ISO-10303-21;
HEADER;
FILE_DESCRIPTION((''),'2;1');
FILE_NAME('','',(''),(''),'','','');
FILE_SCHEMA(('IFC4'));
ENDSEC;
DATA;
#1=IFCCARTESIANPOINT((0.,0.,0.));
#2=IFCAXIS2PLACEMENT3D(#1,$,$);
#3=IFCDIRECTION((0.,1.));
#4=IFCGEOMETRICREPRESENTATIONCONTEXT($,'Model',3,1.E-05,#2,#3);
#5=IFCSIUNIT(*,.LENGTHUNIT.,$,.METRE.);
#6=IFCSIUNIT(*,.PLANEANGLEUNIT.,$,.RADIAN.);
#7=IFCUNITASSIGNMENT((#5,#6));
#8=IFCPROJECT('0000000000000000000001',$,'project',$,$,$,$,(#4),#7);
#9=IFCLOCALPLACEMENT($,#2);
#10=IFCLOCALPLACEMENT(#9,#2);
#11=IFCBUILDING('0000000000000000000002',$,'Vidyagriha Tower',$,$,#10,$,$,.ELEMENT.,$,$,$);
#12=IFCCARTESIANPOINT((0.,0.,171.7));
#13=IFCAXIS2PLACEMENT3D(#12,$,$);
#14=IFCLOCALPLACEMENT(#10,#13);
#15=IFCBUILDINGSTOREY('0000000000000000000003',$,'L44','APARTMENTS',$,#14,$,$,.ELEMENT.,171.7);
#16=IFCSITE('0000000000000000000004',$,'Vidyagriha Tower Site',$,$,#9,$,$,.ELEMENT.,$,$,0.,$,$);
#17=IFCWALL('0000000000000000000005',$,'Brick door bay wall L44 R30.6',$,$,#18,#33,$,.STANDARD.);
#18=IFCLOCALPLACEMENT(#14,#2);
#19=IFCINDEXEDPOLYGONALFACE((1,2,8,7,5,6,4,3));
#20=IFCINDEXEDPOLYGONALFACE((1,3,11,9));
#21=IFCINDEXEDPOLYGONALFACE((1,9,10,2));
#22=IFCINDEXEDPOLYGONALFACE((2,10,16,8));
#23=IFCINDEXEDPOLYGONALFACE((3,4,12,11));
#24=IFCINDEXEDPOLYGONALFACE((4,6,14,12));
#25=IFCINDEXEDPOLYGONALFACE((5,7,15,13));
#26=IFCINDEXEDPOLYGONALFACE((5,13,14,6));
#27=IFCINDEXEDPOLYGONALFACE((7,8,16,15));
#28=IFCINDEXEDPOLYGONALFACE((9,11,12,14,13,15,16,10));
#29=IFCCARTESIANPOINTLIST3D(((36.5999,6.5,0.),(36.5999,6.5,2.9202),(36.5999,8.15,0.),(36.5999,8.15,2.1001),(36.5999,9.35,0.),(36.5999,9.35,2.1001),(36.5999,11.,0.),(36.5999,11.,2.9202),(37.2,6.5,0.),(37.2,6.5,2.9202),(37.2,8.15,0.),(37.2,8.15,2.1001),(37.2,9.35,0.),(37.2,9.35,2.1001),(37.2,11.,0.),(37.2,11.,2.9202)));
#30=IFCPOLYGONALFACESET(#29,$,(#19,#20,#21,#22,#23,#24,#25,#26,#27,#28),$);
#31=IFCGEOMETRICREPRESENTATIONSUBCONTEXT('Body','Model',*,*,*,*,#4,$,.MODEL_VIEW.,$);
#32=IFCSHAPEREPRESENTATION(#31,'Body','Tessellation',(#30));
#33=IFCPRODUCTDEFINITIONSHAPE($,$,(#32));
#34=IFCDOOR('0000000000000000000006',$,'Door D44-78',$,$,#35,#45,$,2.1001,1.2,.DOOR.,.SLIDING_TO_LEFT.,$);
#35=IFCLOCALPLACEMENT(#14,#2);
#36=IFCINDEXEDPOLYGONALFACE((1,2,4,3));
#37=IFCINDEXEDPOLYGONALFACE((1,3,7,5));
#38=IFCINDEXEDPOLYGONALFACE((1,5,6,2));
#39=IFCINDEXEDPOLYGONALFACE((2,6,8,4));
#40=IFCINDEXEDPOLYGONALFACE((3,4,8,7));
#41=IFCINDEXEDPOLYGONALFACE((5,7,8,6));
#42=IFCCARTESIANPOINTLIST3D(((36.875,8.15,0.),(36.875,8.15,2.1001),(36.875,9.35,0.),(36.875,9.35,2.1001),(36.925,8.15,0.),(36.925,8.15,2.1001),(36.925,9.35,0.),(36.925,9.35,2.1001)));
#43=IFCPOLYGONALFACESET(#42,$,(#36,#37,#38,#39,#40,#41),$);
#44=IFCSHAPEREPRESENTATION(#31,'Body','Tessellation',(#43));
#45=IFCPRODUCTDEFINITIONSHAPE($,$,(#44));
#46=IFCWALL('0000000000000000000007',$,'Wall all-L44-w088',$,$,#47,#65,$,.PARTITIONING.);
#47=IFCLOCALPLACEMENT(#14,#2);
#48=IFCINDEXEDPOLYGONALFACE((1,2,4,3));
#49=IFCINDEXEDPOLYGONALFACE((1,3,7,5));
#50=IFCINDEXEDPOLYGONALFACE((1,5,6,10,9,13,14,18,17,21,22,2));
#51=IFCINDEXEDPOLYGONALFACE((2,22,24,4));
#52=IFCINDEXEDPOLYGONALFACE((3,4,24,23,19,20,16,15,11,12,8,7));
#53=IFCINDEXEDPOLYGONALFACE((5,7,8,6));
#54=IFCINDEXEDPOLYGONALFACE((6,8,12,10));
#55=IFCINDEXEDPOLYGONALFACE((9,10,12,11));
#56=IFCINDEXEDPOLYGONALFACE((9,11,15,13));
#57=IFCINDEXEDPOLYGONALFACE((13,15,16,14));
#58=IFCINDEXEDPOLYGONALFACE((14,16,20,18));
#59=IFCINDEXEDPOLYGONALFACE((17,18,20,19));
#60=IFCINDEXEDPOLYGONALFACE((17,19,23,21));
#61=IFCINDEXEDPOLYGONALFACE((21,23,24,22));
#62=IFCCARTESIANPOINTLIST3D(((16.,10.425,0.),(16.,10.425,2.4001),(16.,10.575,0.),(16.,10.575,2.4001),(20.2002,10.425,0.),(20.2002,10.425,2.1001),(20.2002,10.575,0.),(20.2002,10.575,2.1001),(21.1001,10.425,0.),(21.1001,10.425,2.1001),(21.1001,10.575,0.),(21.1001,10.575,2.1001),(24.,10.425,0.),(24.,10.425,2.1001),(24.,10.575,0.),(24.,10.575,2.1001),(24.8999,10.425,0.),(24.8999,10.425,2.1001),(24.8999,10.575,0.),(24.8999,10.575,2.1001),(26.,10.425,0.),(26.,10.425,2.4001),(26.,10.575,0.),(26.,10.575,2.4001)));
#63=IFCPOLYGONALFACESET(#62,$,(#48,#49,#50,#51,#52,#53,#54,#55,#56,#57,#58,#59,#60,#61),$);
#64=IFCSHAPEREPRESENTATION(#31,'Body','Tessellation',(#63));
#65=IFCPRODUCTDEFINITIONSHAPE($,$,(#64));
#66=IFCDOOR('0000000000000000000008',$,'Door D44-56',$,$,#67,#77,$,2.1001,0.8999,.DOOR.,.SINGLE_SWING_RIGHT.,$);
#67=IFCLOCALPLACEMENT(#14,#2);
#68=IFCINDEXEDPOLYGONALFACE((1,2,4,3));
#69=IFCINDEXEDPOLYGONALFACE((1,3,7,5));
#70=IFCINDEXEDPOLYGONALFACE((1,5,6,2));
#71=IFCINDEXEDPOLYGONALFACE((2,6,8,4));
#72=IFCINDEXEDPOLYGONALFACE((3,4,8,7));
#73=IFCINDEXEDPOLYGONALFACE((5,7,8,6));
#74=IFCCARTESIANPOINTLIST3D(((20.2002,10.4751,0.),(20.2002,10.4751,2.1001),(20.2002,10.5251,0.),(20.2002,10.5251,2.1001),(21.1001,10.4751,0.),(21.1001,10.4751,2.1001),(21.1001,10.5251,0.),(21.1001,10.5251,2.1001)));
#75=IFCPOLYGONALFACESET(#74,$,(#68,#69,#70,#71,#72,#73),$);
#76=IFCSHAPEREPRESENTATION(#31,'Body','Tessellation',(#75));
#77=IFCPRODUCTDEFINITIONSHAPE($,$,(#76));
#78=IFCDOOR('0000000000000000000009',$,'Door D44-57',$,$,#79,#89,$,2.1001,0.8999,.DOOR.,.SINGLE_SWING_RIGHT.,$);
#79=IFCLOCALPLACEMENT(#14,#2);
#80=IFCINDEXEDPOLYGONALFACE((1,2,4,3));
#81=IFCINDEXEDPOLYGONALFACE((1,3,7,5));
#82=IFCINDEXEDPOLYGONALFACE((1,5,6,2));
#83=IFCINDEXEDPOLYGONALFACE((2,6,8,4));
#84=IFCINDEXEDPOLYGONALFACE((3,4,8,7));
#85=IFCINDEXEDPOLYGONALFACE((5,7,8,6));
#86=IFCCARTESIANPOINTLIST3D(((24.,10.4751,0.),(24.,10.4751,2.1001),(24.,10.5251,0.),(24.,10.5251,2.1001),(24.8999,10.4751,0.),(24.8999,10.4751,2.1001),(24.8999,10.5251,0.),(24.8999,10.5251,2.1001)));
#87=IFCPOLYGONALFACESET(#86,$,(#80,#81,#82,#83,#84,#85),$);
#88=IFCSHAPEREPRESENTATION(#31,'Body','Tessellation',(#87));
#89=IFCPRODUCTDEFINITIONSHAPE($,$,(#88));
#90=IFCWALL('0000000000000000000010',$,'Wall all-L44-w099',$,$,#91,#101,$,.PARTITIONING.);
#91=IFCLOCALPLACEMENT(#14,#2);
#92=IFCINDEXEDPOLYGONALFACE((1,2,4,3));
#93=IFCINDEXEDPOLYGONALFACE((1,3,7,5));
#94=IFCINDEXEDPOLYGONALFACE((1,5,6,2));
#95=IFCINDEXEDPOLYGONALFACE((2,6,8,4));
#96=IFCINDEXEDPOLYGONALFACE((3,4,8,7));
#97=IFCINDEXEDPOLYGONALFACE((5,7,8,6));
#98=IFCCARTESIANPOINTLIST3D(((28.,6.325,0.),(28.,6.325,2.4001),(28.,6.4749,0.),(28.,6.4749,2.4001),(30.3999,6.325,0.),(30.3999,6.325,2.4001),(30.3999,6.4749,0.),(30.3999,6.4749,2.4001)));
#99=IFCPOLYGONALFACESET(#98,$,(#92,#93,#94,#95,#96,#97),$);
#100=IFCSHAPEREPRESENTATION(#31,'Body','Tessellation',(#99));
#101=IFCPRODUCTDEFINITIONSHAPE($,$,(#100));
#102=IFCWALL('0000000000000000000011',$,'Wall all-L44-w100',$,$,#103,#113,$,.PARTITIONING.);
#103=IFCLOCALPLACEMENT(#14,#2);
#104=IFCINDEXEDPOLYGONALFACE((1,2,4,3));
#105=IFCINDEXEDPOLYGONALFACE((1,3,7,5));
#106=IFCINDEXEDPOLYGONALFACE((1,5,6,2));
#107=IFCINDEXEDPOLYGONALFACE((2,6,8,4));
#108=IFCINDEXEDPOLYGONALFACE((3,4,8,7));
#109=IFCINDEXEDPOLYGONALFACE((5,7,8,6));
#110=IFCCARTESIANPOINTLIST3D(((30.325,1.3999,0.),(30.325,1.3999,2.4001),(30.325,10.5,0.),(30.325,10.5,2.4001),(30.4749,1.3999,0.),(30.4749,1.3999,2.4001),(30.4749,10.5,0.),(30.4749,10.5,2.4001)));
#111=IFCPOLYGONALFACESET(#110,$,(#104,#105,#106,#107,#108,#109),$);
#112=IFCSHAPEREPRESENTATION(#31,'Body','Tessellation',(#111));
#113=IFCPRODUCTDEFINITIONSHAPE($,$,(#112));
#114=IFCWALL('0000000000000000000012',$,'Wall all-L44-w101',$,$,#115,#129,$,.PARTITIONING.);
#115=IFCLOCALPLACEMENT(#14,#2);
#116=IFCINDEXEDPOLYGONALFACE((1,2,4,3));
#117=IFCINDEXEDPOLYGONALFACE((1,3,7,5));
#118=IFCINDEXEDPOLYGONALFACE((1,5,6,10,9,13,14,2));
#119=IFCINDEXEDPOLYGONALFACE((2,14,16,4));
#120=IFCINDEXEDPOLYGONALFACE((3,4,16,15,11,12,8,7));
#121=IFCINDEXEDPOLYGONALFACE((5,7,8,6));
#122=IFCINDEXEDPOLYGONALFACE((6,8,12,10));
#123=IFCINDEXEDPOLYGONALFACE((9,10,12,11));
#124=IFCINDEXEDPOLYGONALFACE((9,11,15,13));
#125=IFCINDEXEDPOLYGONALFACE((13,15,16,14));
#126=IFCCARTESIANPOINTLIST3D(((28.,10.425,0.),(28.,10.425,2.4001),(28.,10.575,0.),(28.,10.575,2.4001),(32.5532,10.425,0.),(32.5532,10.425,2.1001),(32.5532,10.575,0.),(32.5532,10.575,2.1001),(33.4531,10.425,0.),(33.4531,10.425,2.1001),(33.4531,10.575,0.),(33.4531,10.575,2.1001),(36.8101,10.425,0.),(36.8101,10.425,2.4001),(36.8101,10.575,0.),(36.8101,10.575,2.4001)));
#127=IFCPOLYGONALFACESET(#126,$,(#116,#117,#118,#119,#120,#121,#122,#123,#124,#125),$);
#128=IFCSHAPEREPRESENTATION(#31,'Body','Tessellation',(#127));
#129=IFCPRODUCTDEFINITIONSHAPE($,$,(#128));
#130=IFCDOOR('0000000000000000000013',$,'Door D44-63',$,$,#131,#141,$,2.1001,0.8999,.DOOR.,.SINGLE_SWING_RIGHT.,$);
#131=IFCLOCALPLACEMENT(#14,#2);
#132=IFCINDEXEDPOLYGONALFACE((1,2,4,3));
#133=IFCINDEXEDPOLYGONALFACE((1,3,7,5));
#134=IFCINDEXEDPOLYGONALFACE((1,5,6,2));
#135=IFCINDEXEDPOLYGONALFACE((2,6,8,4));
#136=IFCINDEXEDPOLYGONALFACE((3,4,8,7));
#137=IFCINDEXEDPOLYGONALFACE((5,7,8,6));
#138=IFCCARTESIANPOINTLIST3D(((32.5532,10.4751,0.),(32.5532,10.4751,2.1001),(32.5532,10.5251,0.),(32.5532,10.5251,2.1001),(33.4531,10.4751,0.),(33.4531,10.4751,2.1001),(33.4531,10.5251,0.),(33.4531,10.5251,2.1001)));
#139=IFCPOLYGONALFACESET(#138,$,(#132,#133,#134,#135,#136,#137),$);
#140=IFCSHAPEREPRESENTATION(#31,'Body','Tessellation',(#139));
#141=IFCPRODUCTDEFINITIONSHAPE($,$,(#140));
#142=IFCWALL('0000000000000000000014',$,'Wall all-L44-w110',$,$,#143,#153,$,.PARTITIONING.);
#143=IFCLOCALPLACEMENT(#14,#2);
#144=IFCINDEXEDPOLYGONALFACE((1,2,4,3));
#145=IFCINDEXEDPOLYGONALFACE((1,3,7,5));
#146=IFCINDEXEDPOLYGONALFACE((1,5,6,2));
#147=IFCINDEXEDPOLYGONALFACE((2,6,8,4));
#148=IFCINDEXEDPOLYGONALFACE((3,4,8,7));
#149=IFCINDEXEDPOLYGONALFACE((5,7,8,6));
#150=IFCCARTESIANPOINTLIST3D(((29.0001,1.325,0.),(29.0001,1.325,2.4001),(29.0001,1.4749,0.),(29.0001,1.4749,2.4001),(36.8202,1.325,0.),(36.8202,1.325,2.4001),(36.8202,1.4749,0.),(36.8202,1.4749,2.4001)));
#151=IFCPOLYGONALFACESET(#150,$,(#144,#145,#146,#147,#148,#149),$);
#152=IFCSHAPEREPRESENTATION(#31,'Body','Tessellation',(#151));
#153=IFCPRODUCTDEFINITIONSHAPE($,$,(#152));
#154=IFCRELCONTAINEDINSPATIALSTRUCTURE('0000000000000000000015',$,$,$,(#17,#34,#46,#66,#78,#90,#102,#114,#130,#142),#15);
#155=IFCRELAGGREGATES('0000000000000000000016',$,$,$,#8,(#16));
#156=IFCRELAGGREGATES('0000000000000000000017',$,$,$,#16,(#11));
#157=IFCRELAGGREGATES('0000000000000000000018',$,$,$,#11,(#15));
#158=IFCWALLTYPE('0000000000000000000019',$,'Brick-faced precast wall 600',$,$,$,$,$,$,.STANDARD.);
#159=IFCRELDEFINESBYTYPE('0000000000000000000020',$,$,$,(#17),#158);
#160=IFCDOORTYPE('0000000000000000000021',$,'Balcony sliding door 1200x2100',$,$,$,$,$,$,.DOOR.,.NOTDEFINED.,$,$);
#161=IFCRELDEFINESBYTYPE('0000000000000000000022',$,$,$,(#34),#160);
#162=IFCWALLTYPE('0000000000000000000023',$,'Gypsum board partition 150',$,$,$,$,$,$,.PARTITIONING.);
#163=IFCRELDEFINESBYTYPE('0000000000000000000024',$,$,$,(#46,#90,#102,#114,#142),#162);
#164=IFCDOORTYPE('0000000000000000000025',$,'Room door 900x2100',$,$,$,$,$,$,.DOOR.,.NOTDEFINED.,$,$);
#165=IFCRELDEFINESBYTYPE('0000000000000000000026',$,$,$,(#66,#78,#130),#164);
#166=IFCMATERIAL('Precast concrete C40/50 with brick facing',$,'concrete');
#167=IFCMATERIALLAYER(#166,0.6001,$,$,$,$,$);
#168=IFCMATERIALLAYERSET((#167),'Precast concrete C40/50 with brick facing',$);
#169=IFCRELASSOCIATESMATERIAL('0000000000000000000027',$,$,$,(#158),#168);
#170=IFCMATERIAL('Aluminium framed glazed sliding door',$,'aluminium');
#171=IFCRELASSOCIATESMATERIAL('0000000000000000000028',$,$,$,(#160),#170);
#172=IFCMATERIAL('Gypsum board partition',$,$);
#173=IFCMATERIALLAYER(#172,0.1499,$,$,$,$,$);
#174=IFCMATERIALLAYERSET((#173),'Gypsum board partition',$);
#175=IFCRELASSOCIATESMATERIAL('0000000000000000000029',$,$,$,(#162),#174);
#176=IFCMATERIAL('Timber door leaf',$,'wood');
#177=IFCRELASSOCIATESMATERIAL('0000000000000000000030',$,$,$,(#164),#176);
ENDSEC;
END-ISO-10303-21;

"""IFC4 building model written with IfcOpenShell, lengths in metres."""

from ifc_helpers import new_model, si_unit, direction, frame, frame_2d, origin, place, context, subcontext, project, spatial, rectangle, extrude, material, layer, layer_set, type_object, element, fill, save


model = new_model("IFC4")

# Units and contexts
model_context = context("Model", 3, precision=1e-05, world=origin(), true_north=direction((0.0, 1.0)))
body_context = subcontext(model_context, "Body", "Model", "MODEL_VIEW")
ifc_project = project(units=[si_unit("LENGTHUNIT", "METRE"), si_unit("PLANEANGLEUNIT", "RADIAN")], contexts=[model_context])

# Site, building, storey
site_placement = place(None, origin())
site = spatial("IfcSite", under=ifc_project, at=site_placement, Name="Vidyagriha Tower Site", CompositionType="ELEMENT", RefElevation=0.0)
building_placement = place(site_placement, origin())
building = spatial("IfcBuilding", under=site, at=building_placement, Name="Vidyagriha Tower", CompositionType="ELEMENT")
storey_placement = place(building_placement, frame((0.0, 0.0, 171.7)))
storey = spatial("IfcBuildingStorey", under=building, at=storey_placement, Name="L44", Description="APARTMENTS", CompositionType="ELEMENT", Elevation=171.7)

# Wall, opening, door
ifc_material_1 = material(Name="Precast concrete C40/50 with brick facing", Category="concrete")
ifc_layer_1 = layer(ifc_material_1, 0.6001)
ifc_layer_set_1 = layer_set([ifc_layer_1], Name="Precast concrete C40/50 with brick facing")
wall_type_1 = type_object("IfcWallType", Name="Brick-faced precast wall 600", PredefinedType="STANDARD", material=ifc_layer_set_1)
wall_1_placement = place(storey_placement, frame((36.8999, 6.5, 0.0), z_axis=(0.0, 0.0, 1.0), x_axis=(0.0, 1.0, 0.0)))
wall_1 = element("IfcWall", 1, at=wall_1_placement, inside=storey, type_object=wall_type_1, Name="Brick door bay wall L44 R30.6", PredefinedType="STANDARD", context=body_context, shape_type="SweptSolid", body=[
    extrude(rectangle(XDim=4.5, YDim=0.6001, at=frame_2d((2.25, 0.0))), origin(), (0.0, 0.0, 1.0), 2.9202),
])
opening_1_placement = place(wall_1_placement, frame((1.6499, 0.0, 0.0)))
opening_1 = element("IfcOpeningElement", 2, at=opening_1_placement, cuts=wall_1, PredefinedType="OPENING", context=body_context, shape_type="SweptSolid", body=[
    extrude(rectangle(XDim=1.2, YDim=2.1001, at=frame_2d((0.6001, 1.05))), frame((0.0, 0.3101, 0.0), z_axis=(0.0, -1.0, 0.0), x_axis=(1.0, 0.0, 0.0)), (0.0, 0.0, 1.0), 0.6201),
])
ifc_material_2 = material(Name="Aluminium framed glazed sliding door", Category="aluminium")
door_type_1 = type_object("IfcDoorType", Name="Balcony sliding door 1200x2100", OperationType="NOTDEFINED", PredefinedType="DOOR", material=ifc_material_2)
door_1_placement = place(opening_1_placement, origin())
door_1 = element("IfcDoor", 3, at=door_1_placement, inside=storey, type_object=door_type_1, Name="Door D44-78", OperationType="SLIDING_TO_LEFT", OverallHeight=2.1001, OverallWidth=1.2, PredefinedType="DOOR", context=body_context, shape_type="SweptSolid", body=[
    extrude(rectangle(XDim=1.2, YDim=2.1001, at=frame_2d((0.6001, 1.05))), frame((0.0, 0.0249, 0.0), z_axis=(0.0, -1.0, 0.0), x_axis=(1.0, 0.0, 0.0)), (0.0, 0.0, 1.0), 0.05),
])
fill(opening_1, door_1)

# Wall, openings, doors
ifc_material_3 = material(Name="Gypsum board partition")
ifc_layer_2 = layer(ifc_material_3, 0.1499)
ifc_layer_set_2 = layer_set([ifc_layer_2], Name="Gypsum board partition")
wall_type_2 = type_object("IfcWallType", Name="Gypsum board partition 150", PredefinedType="PARTITIONING", material=ifc_layer_set_2)
wall_2_placement = place(storey_placement, frame((26.0, 10.5, 0.0), z_axis=(0.0, 0.0, 1.0), x_axis=(-1.0, 0.0, 0.0)))
wall_2 = element("IfcWall", 4, at=wall_2_placement, inside=storey, type_object=wall_type_2, Name="Wall all-L44-w088", PredefinedType="PARTITIONING", context=body_context, shape_type="SweptSolid", body=[
    extrude(rectangle(XDim=10.0, YDim=0.1499, at=frame_2d((5.0, 0.0))), origin(), (0.0, 0.0, 1.0), 2.4001),
])
opening_2_placement = place(wall_2_placement, frame((4.8999, 0.0, 0.0)))
opening_2 = element("IfcOpeningElement", 5, at=opening_2_placement, cuts=wall_2, PredefinedType="OPENING", context=body_context, shape_type="SweptSolid", body=[
    extrude(rectangle(XDim=0.8999, YDim=2.1001, at=frame_2d((0.45, 1.05))), frame((0.0, 0.085, 0.0), z_axis=(0.0, -1.0, 0.0), x_axis=(1.0, 0.0, 0.0)), (0.0, 0.0, 1.0), 0.1699),
])
opening_3_placement = place(wall_2_placement, frame((1.1001, 0.0, 0.0)))
opening_3 = element("IfcOpeningElement", 6, at=opening_3_placement, cuts=wall_2, PredefinedType="OPENING", context=body_context, shape_type="SweptSolid", body=[
    extrude(rectangle(XDim=0.8999, YDim=2.1001, at=frame_2d((0.45, 1.05))), frame((0.0, 0.085, 0.0), z_axis=(0.0, -1.0, 0.0), x_axis=(1.0, 0.0, 0.0)), (0.0, 0.0, 1.0), 0.1699),
])
ifc_material_4 = material(Name="Timber door leaf", Category="wood")
door_type_2 = type_object("IfcDoorType", Name="Room door 900x2100", OperationType="NOTDEFINED", PredefinedType="DOOR", material=ifc_material_4)
door_2_placement = place(opening_2_placement, origin())
door_2 = element("IfcDoor", 7, at=door_2_placement, inside=storey, type_object=door_type_2, Name="Door D44-56", OperationType="SINGLE_SWING_RIGHT", OverallHeight=2.1001, OverallWidth=0.8999, PredefinedType="DOOR", context=body_context, shape_type="SweptSolid", body=[
    extrude(rectangle(XDim=0.8999, YDim=2.1001, at=frame_2d((0.45, 1.05))), frame((0.0, 0.0249, 0.0), z_axis=(0.0, -1.0, 0.0), x_axis=(1.0, 0.0, 0.0)), (0.0, 0.0, 1.0), 0.05),
])
fill(opening_2, door_2)
door_3_placement = place(opening_3_placement, origin())
door_3 = element("IfcDoor", 8, at=door_3_placement, inside=storey, type_object=door_type_2, Name="Door D44-57", OperationType="SINGLE_SWING_RIGHT", OverallHeight=2.1001, OverallWidth=0.8999, PredefinedType="DOOR", context=body_context, shape_type="SweptSolid", body=[
    extrude(rectangle(XDim=0.8999, YDim=2.1001, at=frame_2d((0.45, 1.05))), frame((0.0, 0.0249, 0.0), z_axis=(0.0, -1.0, 0.0), x_axis=(1.0, 0.0, 0.0)), (0.0, 0.0, 1.0), 0.05),
])
fill(opening_3, door_3)

# Walls
wall_3_placement = place(storey_placement, frame((28.0, 6.3999, 0.0)))
element("IfcWall", 9, at=wall_3_placement, inside=storey, type_object=wall_type_2, Name="Wall all-L44-w099", PredefinedType="PARTITIONING", context=body_context, shape_type="SweptSolid", body=[
    extrude(rectangle(XDim=2.3999, YDim=0.1499, at=frame_2d((1.2, 0.0))), origin(), (0.0, 0.0, 1.0), 2.4001),
])
wall_4_placement = place(storey_placement, frame((30.3999, 10.5, 0.0), z_axis=(0.0, 0.0, 1.0), x_axis=(0.0, -1.0, 0.0)))
element("IfcWall", 10, at=wall_4_placement, inside=storey, type_object=wall_type_2, Name="Wall all-L44-w100", PredefinedType="PARTITIONING", context=body_context, shape_type="SweptSolid", body=[
    extrude(rectangle(XDim=9.1001, YDim=0.1499, at=frame_2d((4.55, 0.0))), origin(), (0.0, 0.0, 1.0), 2.4001),
])

# Wall, opening, door
wall_5_placement = place(storey_placement, frame((36.8101, 10.5, 0.0), z_axis=(0.0, 0.0, 1.0), x_axis=(-1.0, 0.0, 0.0)))
wall_5 = element("IfcWall", 11, at=wall_5_placement, inside=storey, type_object=wall_type_2, Name="Wall all-L44-w101", PredefinedType="PARTITIONING", context=body_context, shape_type="SweptSolid", body=[
    extrude(rectangle(XDim=8.8101, YDim=0.1499, at=frame_2d((4.405, 0.0))), origin(), (0.0, 0.0, 1.0), 2.4001),
])
opening_4_placement = place(wall_5_placement, frame((3.3569, 0.0, 0.0)))
opening_4 = element("IfcOpeningElement", 12, at=opening_4_placement, cuts=wall_5, PredefinedType="OPENING", context=body_context, shape_type="SweptSolid", body=[
    extrude(rectangle(XDim=0.8999, YDim=2.1001, at=frame_2d((0.45, 1.05))), frame((0.0, 0.085, 0.0), z_axis=(0.0, -1.0, 0.0), x_axis=(1.0, 0.0, 0.0)), (0.0, 0.0, 1.0), 0.1699),
])
door_4_placement = place(opening_4_placement, origin())
door_4 = element("IfcDoor", 13, at=door_4_placement, inside=storey, type_object=door_type_2, Name="Door D44-63", OperationType="SINGLE_SWING_RIGHT", OverallHeight=2.1001, OverallWidth=0.8999, PredefinedType="DOOR", context=body_context, shape_type="SweptSolid", body=[
    extrude(rectangle(XDim=0.8999, YDim=2.1001, at=frame_2d((0.45, 1.05))), frame((0.0, 0.0249, 0.0), z_axis=(0.0, -1.0, 0.0), x_axis=(1.0, 0.0, 0.0)), (0.0, 0.0, 1.0), 0.05),
])
fill(opening_4, door_4)

# Wall
wall_6_placement = place(storey_placement, frame((29.0, 1.3999, 0.0)))
element("IfcWall", 14, at=wall_6_placement, inside=storey, type_object=wall_type_2, Name="Wall all-L44-w110", PredefinedType="PARTITIONING", context=body_context, shape_type="SweptSolid", body=[
    extrude(rectangle(XDim=7.8201, YDim=0.1499, at=frame_2d((3.9102, 0.0))), origin(), (0.0, 0.0, 1.0), 2.4001),
])

save(model, "model.ifc")
